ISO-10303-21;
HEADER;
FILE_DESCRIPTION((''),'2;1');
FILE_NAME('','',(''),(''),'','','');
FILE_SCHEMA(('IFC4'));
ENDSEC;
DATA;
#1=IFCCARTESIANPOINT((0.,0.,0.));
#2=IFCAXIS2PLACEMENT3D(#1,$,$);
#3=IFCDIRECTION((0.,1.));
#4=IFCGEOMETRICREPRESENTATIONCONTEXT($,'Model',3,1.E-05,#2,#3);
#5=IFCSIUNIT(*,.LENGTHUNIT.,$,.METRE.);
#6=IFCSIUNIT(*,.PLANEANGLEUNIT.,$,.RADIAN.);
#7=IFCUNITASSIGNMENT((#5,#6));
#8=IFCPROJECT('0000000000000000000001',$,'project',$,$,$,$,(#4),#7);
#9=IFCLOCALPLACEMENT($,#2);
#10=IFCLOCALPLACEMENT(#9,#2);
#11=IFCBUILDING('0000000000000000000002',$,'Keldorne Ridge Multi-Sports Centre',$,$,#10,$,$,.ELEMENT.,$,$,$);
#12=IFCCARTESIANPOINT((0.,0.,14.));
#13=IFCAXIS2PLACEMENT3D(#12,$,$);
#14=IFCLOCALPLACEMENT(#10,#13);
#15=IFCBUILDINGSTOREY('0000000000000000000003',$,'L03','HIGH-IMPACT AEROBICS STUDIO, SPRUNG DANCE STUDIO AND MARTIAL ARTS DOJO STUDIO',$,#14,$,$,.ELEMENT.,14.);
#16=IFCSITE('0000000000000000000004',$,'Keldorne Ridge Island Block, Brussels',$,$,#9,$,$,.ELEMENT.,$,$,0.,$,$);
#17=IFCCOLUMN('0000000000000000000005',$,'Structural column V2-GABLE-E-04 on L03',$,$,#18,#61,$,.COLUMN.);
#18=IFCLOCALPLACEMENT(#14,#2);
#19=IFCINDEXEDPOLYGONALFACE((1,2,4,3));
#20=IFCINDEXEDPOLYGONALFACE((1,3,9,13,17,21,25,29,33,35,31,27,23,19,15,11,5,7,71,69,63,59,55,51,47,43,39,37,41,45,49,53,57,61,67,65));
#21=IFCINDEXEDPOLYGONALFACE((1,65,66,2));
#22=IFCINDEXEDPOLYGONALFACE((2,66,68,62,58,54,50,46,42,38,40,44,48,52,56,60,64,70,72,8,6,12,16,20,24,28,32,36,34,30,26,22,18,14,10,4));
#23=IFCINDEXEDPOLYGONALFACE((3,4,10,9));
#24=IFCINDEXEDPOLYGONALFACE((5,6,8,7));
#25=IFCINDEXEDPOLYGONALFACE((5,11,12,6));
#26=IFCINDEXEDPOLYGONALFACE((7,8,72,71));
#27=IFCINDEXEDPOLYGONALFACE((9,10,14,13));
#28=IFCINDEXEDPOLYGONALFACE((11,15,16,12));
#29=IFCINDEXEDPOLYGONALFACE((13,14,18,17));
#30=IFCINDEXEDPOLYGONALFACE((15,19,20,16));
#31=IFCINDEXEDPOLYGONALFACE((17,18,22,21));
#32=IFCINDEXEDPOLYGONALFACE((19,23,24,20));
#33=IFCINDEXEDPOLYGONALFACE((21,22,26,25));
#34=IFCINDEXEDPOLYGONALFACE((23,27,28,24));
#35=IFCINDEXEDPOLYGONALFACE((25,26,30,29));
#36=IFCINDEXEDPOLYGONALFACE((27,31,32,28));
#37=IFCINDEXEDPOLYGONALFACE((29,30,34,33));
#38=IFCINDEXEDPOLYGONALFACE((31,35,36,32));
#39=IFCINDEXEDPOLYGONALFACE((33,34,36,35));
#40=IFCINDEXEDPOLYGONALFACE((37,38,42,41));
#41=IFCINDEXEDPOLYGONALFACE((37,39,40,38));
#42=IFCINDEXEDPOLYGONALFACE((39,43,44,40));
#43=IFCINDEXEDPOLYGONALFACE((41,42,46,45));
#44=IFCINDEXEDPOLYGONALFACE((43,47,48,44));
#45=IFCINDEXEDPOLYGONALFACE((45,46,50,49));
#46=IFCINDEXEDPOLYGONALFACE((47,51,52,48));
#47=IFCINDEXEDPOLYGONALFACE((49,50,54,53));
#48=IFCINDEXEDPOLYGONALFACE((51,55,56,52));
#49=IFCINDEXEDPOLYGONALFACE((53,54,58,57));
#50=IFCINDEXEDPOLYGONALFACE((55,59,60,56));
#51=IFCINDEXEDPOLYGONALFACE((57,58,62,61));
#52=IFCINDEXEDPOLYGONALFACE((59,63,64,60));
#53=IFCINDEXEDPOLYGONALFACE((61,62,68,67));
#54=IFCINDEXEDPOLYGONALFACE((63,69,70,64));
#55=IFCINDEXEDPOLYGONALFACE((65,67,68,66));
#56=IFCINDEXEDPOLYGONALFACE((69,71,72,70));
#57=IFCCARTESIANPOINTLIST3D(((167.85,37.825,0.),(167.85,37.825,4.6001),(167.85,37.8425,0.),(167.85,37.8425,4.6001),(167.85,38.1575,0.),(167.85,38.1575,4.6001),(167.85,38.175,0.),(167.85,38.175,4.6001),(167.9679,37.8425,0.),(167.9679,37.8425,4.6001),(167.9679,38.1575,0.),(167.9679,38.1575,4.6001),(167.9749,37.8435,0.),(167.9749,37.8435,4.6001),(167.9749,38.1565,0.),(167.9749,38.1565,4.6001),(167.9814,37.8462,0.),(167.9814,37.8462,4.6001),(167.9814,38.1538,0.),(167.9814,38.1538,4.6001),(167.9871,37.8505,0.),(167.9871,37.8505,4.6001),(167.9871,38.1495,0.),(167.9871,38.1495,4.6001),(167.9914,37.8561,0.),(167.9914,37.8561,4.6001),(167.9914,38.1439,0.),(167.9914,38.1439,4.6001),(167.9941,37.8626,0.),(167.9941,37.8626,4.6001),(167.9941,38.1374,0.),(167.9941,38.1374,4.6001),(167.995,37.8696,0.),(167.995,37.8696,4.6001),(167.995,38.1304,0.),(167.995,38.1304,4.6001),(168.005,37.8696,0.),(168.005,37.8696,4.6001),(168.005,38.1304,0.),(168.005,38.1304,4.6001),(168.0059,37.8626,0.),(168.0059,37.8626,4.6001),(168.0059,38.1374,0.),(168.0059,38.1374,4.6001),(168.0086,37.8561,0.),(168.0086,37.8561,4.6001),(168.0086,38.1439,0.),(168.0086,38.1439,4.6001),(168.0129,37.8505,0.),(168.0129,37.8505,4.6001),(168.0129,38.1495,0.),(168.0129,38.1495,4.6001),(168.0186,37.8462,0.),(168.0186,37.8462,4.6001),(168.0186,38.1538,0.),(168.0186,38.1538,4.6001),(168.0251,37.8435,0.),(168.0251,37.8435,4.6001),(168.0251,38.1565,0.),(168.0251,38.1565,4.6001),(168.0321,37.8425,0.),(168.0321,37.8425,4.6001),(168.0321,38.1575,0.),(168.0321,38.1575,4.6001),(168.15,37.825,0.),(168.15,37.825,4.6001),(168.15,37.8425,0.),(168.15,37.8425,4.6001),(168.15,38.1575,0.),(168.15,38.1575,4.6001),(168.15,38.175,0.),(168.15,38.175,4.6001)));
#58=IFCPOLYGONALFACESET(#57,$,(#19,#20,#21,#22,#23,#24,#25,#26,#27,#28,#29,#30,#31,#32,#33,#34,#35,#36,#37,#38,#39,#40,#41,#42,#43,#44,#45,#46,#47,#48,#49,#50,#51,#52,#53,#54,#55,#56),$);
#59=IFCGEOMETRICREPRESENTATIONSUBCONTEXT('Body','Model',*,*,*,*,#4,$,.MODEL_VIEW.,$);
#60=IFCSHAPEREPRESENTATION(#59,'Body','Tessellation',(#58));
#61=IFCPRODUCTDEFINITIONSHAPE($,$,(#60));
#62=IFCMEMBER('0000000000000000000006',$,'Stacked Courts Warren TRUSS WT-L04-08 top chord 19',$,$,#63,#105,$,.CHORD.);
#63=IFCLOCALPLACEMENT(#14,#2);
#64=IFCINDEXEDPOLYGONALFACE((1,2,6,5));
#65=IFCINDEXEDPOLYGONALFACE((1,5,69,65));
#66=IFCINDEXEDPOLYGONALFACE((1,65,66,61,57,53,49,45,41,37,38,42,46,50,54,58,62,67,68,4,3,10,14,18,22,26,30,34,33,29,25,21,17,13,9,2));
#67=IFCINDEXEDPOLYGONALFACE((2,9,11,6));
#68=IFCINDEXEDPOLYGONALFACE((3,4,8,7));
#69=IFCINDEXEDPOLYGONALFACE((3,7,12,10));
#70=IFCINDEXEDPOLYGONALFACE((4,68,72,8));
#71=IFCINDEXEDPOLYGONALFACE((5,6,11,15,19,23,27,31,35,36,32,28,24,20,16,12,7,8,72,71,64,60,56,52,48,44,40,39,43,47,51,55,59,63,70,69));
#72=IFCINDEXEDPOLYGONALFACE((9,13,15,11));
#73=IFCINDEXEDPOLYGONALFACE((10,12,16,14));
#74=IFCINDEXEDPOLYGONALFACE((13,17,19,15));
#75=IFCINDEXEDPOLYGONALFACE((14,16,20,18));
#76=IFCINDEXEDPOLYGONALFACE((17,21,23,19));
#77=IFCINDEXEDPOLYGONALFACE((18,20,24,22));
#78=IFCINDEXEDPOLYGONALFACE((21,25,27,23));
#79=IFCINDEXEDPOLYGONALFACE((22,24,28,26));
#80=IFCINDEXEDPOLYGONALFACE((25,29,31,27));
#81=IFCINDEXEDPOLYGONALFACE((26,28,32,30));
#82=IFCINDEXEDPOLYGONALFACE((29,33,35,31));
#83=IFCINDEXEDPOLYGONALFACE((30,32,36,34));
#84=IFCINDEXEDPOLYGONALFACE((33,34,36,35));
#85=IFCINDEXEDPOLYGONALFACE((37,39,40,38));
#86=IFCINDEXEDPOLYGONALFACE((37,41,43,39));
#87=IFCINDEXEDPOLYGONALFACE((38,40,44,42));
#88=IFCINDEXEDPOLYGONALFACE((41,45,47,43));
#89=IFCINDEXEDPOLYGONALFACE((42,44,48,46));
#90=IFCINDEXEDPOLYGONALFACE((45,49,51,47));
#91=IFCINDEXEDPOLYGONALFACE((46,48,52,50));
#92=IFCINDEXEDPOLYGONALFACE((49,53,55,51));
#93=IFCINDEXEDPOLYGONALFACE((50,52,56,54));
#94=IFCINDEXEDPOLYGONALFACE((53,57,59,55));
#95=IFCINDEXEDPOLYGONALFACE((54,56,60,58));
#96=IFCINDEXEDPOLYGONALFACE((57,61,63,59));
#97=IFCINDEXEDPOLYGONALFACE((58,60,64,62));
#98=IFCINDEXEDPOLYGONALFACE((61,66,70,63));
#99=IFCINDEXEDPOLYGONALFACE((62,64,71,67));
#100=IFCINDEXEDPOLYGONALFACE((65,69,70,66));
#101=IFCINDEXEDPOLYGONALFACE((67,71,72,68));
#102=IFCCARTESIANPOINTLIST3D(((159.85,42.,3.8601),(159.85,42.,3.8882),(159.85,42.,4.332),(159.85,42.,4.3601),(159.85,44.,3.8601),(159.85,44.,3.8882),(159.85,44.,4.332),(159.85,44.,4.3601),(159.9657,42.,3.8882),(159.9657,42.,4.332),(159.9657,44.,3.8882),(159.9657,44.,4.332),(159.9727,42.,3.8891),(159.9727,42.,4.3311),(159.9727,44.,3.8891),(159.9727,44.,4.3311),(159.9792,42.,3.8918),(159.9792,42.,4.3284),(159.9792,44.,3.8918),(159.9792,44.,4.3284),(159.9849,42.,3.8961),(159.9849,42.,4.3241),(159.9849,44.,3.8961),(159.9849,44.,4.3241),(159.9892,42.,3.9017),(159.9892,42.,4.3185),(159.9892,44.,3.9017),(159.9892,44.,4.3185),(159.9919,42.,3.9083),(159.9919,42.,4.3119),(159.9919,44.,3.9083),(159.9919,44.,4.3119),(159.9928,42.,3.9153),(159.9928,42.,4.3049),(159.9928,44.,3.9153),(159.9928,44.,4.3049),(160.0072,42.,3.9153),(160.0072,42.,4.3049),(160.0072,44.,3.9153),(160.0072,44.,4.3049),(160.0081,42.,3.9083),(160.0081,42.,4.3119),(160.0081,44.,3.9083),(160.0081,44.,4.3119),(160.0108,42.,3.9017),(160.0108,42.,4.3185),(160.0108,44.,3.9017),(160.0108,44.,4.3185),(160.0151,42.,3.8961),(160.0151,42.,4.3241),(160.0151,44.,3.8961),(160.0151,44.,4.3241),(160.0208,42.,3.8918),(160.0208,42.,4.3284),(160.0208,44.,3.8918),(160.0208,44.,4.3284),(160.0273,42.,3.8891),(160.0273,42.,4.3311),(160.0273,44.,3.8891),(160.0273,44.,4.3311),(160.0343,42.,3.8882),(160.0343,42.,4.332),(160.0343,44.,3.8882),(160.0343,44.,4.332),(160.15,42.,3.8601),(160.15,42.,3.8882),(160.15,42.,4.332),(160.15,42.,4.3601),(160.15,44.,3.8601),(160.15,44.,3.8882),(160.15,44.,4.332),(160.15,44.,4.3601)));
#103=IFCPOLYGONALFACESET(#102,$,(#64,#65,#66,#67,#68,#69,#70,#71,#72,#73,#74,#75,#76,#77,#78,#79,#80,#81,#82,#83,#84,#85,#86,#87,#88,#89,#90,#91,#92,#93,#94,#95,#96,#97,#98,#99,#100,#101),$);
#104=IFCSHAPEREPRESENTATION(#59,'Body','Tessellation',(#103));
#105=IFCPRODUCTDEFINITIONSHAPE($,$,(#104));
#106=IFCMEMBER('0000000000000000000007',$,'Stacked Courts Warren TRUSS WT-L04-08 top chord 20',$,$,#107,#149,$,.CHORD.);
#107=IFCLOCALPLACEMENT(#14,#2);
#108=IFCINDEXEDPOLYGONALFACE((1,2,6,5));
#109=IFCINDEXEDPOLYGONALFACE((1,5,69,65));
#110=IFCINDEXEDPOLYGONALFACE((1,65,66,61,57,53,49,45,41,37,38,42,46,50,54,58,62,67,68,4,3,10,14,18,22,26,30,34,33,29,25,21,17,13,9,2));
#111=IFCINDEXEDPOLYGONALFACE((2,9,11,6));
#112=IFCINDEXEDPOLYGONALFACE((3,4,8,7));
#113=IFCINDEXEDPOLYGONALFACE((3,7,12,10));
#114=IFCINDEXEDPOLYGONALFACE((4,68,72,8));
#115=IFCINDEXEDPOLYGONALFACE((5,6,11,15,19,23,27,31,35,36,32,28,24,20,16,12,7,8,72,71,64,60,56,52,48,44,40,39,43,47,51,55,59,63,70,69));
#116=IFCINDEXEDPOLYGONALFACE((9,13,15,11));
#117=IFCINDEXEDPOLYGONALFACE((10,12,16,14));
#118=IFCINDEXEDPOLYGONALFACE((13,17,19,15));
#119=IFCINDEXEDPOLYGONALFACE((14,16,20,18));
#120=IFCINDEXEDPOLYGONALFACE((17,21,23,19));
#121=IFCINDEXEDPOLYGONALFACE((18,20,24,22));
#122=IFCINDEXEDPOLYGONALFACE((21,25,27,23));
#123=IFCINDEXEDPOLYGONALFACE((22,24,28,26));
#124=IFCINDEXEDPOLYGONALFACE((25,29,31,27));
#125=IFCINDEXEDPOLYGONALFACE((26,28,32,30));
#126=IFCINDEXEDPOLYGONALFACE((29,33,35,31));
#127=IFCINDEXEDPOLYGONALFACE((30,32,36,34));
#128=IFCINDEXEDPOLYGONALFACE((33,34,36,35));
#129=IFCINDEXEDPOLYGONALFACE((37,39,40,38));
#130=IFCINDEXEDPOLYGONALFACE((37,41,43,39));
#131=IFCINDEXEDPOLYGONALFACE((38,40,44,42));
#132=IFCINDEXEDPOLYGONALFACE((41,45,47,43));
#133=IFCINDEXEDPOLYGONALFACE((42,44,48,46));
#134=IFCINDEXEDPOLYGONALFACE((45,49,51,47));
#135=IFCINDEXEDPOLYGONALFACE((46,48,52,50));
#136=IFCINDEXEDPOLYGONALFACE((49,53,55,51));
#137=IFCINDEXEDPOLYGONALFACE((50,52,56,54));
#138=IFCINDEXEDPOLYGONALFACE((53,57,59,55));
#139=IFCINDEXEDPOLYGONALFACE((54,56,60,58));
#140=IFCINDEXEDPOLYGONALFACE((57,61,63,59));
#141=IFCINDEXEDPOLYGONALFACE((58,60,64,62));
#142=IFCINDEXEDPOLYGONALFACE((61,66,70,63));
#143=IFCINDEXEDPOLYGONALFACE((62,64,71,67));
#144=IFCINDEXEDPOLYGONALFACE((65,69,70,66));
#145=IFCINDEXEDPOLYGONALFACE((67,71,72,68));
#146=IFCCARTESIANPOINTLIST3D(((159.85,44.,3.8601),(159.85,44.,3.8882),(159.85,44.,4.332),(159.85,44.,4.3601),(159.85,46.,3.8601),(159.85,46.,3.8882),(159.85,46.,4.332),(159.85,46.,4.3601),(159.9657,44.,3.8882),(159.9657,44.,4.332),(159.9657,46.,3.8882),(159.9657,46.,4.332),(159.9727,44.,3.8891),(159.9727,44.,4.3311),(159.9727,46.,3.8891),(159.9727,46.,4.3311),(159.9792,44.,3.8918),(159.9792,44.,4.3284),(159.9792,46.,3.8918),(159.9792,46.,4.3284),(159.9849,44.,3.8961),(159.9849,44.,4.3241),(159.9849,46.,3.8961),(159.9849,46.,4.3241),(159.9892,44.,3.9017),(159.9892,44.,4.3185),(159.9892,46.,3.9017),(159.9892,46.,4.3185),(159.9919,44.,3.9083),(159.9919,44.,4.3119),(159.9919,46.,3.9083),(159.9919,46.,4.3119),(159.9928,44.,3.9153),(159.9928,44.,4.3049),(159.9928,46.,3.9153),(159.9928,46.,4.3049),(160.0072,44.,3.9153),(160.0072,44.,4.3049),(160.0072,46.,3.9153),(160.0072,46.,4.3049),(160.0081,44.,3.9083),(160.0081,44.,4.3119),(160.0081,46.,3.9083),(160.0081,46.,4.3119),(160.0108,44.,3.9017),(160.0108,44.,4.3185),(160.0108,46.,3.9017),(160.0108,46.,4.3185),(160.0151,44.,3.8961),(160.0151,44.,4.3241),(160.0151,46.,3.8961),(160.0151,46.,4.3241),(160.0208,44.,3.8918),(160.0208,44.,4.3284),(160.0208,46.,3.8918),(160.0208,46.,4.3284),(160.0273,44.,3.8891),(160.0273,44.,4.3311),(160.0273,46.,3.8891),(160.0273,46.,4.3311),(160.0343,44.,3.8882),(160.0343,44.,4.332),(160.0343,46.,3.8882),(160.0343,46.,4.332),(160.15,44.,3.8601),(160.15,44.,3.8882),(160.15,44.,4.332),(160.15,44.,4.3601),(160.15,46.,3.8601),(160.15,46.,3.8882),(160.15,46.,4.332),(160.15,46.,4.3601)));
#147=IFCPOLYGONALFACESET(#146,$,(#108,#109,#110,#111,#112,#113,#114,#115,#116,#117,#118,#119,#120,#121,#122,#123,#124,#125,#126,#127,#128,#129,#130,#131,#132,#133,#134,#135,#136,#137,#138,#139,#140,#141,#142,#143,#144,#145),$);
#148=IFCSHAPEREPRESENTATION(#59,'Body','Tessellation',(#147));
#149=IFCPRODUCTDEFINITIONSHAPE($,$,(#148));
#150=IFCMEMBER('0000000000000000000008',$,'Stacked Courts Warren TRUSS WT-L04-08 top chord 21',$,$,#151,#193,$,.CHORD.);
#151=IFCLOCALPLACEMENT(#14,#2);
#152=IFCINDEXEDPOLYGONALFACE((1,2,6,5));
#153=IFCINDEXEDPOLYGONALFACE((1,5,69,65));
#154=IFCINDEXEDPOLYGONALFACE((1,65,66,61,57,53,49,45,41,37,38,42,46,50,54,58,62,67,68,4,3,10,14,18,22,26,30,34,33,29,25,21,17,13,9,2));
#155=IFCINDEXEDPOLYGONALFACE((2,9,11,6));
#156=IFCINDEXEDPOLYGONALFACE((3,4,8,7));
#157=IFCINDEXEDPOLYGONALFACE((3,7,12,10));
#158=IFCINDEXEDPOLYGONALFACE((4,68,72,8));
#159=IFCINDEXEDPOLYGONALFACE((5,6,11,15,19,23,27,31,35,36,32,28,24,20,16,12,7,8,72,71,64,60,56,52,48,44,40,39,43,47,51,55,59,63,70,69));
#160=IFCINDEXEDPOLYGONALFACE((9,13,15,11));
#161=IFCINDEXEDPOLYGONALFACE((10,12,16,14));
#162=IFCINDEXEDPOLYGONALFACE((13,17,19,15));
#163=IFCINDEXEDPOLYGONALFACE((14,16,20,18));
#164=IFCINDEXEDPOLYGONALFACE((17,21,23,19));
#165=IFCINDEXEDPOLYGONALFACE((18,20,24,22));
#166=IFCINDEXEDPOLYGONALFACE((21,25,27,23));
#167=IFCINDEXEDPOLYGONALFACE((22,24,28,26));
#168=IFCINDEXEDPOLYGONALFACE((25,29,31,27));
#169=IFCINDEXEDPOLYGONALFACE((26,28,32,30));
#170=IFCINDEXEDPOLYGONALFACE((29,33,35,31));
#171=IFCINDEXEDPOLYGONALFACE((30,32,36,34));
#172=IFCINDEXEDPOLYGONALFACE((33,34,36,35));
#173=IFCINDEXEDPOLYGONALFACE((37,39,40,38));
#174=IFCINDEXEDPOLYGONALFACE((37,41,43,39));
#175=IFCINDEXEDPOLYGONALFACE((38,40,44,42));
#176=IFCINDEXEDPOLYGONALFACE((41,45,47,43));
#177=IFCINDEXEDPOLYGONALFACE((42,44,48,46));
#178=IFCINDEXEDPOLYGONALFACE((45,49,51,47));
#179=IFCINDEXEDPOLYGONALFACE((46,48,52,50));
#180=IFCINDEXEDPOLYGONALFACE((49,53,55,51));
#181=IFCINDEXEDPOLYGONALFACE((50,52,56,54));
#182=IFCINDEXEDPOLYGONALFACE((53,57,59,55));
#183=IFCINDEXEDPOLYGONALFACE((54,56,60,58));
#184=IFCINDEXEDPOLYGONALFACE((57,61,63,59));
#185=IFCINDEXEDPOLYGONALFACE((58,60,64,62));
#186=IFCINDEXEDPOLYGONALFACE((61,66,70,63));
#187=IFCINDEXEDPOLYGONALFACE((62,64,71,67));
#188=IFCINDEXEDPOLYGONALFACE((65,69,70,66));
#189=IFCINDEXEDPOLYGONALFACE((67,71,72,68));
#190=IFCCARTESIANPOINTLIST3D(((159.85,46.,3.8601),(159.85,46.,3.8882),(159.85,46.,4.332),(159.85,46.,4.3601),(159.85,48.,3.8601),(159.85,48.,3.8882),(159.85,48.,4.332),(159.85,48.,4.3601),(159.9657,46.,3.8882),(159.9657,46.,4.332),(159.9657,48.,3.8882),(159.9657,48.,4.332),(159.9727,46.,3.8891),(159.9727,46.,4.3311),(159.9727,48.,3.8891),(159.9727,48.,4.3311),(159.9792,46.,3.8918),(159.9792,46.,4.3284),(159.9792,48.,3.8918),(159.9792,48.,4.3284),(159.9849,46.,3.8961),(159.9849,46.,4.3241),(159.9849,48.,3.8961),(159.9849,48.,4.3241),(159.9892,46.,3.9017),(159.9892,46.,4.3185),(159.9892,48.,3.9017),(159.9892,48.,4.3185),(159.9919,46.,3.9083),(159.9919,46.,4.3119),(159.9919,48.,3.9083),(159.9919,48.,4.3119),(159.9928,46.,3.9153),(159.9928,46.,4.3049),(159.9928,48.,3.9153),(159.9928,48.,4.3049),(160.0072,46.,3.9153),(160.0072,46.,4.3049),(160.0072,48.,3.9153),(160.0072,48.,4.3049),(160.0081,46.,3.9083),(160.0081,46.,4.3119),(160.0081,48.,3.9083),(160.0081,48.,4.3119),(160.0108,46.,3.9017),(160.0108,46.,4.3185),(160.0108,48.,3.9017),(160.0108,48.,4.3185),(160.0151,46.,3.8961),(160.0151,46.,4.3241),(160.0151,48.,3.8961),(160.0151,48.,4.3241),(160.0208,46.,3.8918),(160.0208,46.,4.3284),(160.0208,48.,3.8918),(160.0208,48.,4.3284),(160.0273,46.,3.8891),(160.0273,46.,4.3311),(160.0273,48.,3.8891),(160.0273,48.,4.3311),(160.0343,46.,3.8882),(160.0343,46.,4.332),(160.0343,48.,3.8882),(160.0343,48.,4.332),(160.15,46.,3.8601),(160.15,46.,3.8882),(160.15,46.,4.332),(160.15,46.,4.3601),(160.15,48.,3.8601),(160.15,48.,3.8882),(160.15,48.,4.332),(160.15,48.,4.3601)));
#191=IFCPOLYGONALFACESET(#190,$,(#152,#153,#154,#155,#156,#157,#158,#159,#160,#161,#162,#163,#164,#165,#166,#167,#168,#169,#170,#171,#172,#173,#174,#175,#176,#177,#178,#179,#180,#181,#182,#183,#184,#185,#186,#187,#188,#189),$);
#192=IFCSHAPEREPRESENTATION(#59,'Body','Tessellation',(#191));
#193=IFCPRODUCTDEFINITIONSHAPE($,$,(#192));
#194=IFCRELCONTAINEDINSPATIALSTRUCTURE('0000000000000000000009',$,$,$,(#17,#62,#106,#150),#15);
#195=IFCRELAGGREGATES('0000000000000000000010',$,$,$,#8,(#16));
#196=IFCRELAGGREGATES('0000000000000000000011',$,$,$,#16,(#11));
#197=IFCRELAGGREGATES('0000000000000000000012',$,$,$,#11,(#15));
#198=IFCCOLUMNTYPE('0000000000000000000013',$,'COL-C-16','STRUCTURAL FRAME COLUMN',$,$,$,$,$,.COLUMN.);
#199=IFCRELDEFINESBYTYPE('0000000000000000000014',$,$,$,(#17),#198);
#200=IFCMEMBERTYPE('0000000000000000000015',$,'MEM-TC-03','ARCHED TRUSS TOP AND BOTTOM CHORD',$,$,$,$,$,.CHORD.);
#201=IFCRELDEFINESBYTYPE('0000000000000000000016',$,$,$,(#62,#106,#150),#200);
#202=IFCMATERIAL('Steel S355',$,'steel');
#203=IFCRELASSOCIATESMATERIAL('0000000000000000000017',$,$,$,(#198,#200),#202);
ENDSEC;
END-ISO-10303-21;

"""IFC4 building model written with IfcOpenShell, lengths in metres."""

from ifc_helpers import new_model, si_unit, direction, frame, origin, origin_2d, place, context, subcontext, project, spatial, i_section, extrude, material, material_profile, profile_set, type_object, element, save


model = new_model("IFC4")

# Units and contexts
model_context = context("Model", 3, precision=1e-05, world=origin(), true_north=direction((0.0, 1.0)))
body_context = subcontext(model_context, "Body", "Model", "MODEL_VIEW")
ifc_project = project(units=[si_unit("LENGTHUNIT", "METRE"), si_unit("PLANEANGLEUNIT", "RADIAN")], contexts=[model_context])

# Site, building, storey
site_placement = place(None, origin())
site = spatial("IfcSite", under=ifc_project, at=site_placement, Name="Keldorne Ridge Island Block, Brussels", CompositionType="ELEMENT", RefElevation=0.0)
building_placement = place(site_placement, origin())
building = spatial("IfcBuilding", under=site, at=building_placement, Name="Keldorne Ridge Multi-Sports Centre", CompositionType="ELEMENT")
storey_placement = place(building_placement, frame((0.0, 0.0, 14.0)))
storey = spatial("IfcBuildingStorey", under=building, at=storey_placement, Name="L03", Description="HIGH-IMPACT AEROBICS STUDIO, SPRUNG DANCE STUDIO AND MARTIAL ARTS DOJO STUDIO", CompositionType="ELEMENT", Elevation=14.0)

# Column
ifc_material_1 = material(Name="Steel S355", Category="steel")
ifc_material_profile_1 = material_profile(ifc_material_1, i_section(OverallWidth=0.3, OverallDepth=0.3501, WebThickness=0.01, FlangeThickness=0.0176, FilletRadius=0.0271, at=origin_2d()), Name="HEA 360")
ifc_profile_set_1 = profile_set([ifc_material_profile_1], Name="Steel S355")
column_type = type_object("IfcColumnType", Name="COL-C-16", Description="STRUCTURAL FRAME COLUMN", PredefinedType="COLUMN", material=ifc_profile_set_1)
column_placement = place(storey_placement, frame((168.0, 38.0, 0.0), z_axis=(0.0, 0.0, 1.0), x_axis=(1.0, 0.0, 0.0)))
element("IfcColumn", 1, at=column_placement, inside=storey, type_object=column_type, Name="Structural column V2-GABLE-E-04 on L03", PredefinedType="COLUMN", context=body_context, shape_type="SweptSolid", body=[
    extrude(i_section(OverallWidth=0.3, OverallDepth=0.3501, WebThickness=0.01, FlangeThickness=0.0176, FilletRadius=0.0271, at=origin_2d()), origin(), (0.0, 0.0, 1.0), 4.6001),
])

# Members
ifc_material_profile_2 = material_profile(ifc_material_1, i_section(OverallWidth=0.3, OverallDepth=0.5, WebThickness=0.0144, FlangeThickness=0.0281, FilletRadius=0.0271, at=origin_2d()), Name="HEB 500")
ifc_profile_set_2 = profile_set([ifc_material_profile_2], Name="Steel S355")
member_type_1 = type_object("IfcMemberType", Name="MEM-TC-03", Description="ARCHED TRUSS TOP AND BOTTOM CHORD", PredefinedType="CHORD", material=ifc_profile_set_2)
for number, where, z_axis, x_axis, name in (
    (2, (160.0, 42.0, 4.1101), (0.0, 1.0, 0.0), (-1.0, 0.0, 0.0), "Stacked Courts Warren TRUSS WT-L04-08 top chord 19"),
    (3, (160.0, 44.0, 4.1101), (0.0, 1.0, 0.0), (-1.0, 0.0, 0.0), "Stacked Courts Warren TRUSS WT-L04-08 top chord 20"),
    (4, (160.0, 46.0, 4.1101), (0.0, 1.0, 0.0), (-1.0, 0.0, 0.0), "Stacked Courts Warren TRUSS WT-L04-08 top chord 21"),
):
    element("IfcMember", number, at=place(storey_placement, frame(where, z_axis=z_axis, x_axis=x_axis)), inside=storey, type_object=member_type_1, Name=name, PredefinedType="CHORD", context=body_context, shape_type="SweptSolid", body=[
        extrude(i_section(OverallWidth=0.3, OverallDepth=0.5, WebThickness=0.0144, FlangeThickness=0.0281, FilletRadius=0.0271, at=origin_2d()), origin(), (0.0, 0.0, 1.0), 2.0),
    ])

save(model, "model.ifc")
